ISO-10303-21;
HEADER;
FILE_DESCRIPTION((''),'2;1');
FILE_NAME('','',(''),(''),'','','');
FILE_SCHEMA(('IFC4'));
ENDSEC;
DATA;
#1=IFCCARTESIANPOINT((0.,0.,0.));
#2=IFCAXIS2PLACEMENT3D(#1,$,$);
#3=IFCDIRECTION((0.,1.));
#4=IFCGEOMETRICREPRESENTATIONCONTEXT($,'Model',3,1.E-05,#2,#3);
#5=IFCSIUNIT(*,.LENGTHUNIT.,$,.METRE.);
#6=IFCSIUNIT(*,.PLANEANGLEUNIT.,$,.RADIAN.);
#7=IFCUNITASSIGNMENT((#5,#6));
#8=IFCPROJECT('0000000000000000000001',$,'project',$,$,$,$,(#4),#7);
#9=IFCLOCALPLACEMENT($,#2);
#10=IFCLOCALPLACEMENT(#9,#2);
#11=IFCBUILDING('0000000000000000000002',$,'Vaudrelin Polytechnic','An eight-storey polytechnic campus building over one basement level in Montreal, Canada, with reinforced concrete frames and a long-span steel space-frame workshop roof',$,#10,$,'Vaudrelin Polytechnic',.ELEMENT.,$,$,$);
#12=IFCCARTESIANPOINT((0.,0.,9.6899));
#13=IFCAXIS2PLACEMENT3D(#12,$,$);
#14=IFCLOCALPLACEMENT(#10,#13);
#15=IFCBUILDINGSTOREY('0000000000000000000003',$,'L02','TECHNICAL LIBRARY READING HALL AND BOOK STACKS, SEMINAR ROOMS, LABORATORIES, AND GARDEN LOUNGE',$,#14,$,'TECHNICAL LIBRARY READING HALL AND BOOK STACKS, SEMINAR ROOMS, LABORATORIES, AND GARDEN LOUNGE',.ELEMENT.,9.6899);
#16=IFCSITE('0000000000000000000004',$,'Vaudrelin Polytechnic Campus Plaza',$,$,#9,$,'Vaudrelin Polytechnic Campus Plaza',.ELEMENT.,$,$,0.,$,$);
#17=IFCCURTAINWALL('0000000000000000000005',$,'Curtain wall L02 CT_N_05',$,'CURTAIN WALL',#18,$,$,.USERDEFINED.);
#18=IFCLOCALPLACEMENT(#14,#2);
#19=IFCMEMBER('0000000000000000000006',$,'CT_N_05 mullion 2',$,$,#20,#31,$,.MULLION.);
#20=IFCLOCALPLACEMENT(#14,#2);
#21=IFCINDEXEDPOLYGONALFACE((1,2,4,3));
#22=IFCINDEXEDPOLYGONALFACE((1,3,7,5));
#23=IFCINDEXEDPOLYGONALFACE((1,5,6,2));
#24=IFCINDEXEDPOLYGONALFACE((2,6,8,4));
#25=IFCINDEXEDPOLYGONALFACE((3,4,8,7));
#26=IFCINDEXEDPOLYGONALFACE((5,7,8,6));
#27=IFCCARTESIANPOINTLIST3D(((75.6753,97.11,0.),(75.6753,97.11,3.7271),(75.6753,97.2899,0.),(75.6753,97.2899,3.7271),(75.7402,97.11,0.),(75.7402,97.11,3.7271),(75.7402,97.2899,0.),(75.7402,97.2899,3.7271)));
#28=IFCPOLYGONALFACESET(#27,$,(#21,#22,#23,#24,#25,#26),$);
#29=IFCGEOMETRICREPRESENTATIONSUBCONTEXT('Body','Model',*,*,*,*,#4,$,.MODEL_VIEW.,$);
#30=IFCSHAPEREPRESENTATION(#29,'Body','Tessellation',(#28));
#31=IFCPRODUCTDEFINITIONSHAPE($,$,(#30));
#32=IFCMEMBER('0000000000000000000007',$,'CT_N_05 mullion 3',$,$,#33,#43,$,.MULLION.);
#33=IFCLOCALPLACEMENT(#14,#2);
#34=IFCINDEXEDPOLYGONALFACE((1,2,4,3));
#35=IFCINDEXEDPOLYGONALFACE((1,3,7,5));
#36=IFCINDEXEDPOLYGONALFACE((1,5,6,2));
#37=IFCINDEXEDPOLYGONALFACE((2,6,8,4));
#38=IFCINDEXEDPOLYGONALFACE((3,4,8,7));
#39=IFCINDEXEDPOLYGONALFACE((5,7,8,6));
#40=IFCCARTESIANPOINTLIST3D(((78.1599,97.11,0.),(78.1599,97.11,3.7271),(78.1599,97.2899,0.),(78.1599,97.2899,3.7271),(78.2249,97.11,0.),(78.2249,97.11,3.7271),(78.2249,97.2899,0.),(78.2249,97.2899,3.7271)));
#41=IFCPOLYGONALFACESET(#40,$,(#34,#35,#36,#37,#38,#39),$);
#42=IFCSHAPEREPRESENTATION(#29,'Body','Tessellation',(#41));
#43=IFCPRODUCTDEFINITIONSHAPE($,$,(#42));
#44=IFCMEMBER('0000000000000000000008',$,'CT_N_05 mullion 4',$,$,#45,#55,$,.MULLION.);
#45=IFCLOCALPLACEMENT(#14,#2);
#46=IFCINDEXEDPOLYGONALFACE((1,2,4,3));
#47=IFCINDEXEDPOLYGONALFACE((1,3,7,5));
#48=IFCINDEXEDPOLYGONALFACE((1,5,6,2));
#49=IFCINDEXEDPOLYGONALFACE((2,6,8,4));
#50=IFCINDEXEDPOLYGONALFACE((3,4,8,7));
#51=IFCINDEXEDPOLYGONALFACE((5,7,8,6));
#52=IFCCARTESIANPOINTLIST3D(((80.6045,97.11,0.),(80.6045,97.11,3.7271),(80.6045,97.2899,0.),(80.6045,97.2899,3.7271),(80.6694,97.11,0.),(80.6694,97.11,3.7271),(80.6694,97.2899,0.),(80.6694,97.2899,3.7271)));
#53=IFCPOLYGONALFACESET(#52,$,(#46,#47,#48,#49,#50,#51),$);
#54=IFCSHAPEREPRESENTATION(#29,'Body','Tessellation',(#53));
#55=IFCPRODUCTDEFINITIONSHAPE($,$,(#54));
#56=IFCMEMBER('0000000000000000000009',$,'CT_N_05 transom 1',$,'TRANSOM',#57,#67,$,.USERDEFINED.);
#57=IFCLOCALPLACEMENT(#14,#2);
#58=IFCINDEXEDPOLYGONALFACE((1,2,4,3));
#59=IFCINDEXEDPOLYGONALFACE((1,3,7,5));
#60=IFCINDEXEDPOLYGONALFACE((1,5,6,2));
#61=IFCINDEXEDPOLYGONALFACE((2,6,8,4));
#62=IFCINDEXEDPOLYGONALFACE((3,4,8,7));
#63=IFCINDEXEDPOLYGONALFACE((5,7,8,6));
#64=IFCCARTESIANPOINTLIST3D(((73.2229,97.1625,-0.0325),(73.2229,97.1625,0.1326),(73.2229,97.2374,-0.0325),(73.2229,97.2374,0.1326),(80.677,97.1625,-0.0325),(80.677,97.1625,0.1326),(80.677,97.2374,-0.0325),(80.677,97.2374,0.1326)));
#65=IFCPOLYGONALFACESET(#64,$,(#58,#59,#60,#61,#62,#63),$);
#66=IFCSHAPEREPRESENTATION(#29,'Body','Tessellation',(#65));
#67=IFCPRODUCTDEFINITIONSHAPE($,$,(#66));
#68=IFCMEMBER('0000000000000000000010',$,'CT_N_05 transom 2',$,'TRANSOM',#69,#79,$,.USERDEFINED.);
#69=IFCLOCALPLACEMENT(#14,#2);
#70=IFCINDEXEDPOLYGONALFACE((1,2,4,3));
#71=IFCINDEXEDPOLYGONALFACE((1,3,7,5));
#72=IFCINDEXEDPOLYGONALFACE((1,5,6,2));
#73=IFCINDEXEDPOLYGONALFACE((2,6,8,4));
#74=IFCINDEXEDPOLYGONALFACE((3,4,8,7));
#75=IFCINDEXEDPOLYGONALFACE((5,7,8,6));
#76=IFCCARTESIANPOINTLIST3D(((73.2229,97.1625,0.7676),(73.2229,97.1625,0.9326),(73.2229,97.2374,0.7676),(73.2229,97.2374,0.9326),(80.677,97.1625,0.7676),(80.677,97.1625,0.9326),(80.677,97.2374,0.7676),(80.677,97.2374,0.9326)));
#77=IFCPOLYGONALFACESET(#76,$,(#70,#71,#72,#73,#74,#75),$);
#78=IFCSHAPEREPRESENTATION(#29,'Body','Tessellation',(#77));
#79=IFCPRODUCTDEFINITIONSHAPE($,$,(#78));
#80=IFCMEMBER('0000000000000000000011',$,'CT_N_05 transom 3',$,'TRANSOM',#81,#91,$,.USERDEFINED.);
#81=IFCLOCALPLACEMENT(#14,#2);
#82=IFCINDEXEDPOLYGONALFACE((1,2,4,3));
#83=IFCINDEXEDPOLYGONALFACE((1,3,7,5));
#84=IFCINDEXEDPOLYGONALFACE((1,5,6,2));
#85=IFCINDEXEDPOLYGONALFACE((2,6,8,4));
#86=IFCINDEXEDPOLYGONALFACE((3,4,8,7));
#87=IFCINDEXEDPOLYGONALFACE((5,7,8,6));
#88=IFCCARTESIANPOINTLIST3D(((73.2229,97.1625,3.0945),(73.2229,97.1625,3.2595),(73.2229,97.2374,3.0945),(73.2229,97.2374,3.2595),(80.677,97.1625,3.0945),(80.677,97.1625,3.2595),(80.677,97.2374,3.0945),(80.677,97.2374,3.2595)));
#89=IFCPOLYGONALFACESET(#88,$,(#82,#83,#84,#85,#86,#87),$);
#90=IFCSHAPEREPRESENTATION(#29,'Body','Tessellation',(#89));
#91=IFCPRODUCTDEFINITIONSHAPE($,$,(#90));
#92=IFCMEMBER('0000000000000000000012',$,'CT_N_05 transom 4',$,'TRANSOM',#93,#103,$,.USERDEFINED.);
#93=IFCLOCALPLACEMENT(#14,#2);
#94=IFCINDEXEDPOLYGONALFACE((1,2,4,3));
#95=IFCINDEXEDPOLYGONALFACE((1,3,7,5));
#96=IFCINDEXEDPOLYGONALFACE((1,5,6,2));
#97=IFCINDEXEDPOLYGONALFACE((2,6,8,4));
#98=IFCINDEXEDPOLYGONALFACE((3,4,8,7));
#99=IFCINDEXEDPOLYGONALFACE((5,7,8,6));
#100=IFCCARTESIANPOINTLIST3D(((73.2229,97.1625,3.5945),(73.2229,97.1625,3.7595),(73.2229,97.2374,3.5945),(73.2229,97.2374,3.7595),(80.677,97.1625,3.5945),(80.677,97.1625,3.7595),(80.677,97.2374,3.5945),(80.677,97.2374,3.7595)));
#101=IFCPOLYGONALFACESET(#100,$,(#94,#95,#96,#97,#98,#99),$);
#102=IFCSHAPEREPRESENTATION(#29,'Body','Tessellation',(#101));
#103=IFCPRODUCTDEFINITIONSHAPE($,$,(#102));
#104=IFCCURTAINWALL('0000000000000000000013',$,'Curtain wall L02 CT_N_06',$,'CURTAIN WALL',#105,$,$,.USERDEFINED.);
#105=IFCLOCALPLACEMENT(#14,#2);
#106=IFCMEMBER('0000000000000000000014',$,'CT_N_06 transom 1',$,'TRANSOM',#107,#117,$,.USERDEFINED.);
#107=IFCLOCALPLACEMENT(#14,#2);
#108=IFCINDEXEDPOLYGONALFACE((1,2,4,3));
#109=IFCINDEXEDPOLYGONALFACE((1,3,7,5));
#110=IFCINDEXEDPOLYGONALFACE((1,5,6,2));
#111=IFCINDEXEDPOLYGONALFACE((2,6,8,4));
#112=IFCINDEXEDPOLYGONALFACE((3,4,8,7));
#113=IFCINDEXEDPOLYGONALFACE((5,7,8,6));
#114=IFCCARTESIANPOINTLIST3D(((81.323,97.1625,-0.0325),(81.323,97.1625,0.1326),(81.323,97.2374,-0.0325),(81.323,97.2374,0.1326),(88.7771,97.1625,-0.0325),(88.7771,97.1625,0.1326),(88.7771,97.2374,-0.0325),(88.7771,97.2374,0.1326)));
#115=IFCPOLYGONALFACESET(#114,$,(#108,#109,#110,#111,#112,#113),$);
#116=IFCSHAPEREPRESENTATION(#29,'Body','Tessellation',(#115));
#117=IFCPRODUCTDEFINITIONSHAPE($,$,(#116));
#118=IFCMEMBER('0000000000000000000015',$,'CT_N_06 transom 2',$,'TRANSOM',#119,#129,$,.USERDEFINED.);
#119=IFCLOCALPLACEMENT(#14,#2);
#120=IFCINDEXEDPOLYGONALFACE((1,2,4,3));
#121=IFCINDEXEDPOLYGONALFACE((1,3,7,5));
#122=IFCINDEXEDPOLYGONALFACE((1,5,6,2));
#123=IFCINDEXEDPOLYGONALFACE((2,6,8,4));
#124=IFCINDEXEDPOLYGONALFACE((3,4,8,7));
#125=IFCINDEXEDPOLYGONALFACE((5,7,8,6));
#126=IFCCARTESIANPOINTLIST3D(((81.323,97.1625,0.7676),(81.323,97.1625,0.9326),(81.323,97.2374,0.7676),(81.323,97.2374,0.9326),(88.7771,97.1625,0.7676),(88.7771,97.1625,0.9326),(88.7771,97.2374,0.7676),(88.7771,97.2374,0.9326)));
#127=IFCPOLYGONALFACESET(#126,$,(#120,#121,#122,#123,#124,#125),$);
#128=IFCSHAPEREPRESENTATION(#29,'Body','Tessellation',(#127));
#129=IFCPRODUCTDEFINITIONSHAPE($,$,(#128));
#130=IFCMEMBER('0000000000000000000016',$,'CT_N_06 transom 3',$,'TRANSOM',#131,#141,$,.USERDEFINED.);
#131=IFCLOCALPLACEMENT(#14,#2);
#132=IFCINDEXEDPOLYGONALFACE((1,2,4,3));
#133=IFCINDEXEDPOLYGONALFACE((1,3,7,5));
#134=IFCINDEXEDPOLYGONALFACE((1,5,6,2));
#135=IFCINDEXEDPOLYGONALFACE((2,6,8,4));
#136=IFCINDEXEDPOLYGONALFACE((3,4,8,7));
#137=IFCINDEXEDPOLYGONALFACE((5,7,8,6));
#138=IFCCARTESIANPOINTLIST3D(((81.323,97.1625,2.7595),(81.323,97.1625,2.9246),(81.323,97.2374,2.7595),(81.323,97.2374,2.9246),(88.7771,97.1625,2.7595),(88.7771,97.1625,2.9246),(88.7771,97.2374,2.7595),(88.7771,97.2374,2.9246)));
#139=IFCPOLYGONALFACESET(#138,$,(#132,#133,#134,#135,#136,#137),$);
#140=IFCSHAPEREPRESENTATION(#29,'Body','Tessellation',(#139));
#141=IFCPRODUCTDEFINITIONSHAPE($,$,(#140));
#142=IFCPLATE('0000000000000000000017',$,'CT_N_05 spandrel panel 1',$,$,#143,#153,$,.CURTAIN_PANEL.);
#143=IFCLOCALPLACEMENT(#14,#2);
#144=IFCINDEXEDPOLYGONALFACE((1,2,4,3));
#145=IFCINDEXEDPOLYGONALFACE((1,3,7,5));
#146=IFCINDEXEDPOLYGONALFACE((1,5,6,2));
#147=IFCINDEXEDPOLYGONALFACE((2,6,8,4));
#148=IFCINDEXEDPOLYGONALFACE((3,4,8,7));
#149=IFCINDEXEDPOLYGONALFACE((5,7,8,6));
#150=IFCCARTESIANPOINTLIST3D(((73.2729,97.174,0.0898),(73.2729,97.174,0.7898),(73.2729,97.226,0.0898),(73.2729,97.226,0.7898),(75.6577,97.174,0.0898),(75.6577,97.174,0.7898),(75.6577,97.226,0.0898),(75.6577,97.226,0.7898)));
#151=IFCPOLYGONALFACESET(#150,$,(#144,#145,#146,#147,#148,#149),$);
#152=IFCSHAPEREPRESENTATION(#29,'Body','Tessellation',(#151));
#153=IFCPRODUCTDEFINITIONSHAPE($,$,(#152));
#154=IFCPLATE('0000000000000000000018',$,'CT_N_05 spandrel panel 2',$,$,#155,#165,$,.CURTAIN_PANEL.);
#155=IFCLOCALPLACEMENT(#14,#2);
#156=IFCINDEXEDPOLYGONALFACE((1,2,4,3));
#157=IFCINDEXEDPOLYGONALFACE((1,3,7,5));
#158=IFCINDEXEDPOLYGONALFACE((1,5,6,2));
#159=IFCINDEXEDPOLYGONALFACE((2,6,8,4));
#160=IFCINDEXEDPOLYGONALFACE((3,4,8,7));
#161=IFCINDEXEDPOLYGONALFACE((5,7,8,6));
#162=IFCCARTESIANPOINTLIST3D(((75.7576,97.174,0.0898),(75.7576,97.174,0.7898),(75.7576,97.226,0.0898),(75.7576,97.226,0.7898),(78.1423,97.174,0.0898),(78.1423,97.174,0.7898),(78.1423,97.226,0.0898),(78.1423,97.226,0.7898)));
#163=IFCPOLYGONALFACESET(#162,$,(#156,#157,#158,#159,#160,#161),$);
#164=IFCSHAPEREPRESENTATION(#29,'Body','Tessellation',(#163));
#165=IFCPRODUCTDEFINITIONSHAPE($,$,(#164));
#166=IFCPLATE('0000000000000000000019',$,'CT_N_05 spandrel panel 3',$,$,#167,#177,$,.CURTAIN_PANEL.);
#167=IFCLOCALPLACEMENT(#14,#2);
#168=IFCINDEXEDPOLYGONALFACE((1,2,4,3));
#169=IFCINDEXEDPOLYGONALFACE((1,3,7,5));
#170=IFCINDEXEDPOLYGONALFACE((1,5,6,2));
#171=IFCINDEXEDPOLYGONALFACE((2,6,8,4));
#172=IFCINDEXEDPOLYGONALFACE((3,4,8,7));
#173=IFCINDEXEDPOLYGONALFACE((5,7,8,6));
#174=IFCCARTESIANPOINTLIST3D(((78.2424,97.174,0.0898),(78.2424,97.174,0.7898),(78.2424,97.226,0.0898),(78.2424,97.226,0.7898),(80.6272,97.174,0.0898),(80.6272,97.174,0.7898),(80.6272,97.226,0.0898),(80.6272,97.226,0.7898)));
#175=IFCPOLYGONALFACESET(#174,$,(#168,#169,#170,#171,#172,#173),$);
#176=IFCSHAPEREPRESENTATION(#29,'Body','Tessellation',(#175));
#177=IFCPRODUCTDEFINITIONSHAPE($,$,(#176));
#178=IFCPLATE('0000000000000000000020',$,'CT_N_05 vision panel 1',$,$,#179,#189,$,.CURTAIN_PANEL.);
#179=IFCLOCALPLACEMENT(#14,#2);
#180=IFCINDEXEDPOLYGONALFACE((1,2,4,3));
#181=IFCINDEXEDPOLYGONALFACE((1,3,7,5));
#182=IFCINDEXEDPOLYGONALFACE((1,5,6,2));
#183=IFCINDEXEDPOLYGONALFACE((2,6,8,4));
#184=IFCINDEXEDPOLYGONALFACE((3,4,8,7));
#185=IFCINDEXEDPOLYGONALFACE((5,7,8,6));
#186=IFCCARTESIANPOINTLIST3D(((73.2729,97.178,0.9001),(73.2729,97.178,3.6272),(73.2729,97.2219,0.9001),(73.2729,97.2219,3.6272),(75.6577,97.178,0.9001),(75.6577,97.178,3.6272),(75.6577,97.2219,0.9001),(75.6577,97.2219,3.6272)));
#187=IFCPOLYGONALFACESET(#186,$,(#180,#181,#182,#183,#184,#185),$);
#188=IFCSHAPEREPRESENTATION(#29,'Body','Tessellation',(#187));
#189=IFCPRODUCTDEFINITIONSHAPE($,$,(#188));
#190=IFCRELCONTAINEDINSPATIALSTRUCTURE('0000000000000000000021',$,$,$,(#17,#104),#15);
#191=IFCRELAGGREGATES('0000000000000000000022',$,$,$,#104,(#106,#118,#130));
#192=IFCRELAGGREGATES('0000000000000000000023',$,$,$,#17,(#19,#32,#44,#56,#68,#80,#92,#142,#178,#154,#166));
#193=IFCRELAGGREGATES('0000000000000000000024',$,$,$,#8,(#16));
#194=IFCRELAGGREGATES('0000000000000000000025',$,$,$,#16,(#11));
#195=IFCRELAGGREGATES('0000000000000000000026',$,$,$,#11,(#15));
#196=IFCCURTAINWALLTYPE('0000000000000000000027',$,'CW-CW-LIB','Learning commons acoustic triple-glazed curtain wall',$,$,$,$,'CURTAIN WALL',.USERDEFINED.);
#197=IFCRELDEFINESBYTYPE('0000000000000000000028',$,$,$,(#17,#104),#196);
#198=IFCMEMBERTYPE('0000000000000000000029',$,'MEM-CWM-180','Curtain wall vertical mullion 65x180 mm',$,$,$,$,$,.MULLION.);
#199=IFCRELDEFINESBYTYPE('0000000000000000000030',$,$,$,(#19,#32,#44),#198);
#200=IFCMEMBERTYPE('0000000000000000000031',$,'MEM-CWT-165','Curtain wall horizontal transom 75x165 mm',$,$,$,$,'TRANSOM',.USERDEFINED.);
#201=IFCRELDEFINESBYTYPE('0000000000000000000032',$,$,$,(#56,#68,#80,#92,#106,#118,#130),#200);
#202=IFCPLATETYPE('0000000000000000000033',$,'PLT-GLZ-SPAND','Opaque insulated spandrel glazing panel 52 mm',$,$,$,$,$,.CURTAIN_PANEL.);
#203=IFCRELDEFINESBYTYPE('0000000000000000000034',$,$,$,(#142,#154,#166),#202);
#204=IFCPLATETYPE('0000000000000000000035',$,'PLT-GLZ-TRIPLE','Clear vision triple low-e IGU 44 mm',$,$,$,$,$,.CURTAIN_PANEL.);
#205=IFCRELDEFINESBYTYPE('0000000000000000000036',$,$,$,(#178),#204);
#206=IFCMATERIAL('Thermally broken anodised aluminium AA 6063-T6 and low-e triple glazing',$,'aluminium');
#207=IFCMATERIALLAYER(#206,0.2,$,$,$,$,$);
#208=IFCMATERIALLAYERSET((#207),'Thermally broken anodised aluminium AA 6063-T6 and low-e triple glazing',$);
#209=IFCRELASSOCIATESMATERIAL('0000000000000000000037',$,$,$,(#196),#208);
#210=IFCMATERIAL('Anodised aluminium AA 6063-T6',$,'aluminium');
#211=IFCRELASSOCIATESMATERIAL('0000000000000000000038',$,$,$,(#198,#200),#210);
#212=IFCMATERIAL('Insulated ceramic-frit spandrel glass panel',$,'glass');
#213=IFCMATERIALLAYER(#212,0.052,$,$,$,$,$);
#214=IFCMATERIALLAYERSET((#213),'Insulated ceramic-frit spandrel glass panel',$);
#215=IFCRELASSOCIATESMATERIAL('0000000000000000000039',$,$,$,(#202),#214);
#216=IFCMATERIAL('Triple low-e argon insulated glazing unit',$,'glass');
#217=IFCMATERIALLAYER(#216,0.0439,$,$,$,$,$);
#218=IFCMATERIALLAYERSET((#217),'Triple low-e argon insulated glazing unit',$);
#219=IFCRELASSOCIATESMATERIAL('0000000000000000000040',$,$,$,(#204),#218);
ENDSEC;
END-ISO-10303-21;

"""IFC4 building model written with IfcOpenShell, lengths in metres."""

from ifc_helpers import new_model, si_unit, direction, frame, origin, origin_2d, place, context, subcontext, project, spatial, rectangle, extrude, material, layer, layer_set, material_profile, profile_set, type_object, element, aggregate, save


model = new_model("IFC4")

# Units and contexts
model_context = context("Model", 3, precision=1e-05, world=origin(), true_north=direction((0.0, 1.0)))
body_context = subcontext(model_context, "Body", "Model", "MODEL_VIEW")
ifc_project = project(units=[si_unit("LENGTHUNIT", "METRE"), si_unit("PLANEANGLEUNIT", "RADIAN")], contexts=[model_context])

# Site, building, storey
site_placement = place(None, origin())
site = spatial("IfcSite", under=ifc_project, at=site_placement, Name="Vaudrelin Polytechnic Campus Plaza", LongName="Vaudrelin Polytechnic Campus Plaza", CompositionType="ELEMENT", RefElevation=0.0)
building_placement = place(site_placement, origin())
building = spatial("IfcBuilding", under=site, at=building_placement, Name="Vaudrelin Polytechnic", Description="An eight-storey polytechnic campus building over one basement level in Montreal, Canada, with reinforced concrete frames and a long-span steel space-frame workshop roof", LongName="Vaudrelin Polytechnic", CompositionType="ELEMENT")
storey_placement = place(building_placement, frame((0.0, 0.0, 9.6899)))
storey = spatial("IfcBuildingStorey", under=building, at=storey_placement, Name="L02", Description="TECHNICAL LIBRARY READING HALL AND BOOK STACKS, SEMINAR ROOMS, LABORATORIES, AND GARDEN LOUNGE", LongName="TECHNICAL LIBRARY READING HALL AND BOOK STACKS, SEMINAR ROOMS, LABORATORIES, AND GARDEN LOUNGE", CompositionType="ELEMENT", Elevation=9.6899)

# Curtain walls, members
ifc_material_1 = material(Name="Thermally broken anodised aluminium AA 6063-T6 and low-e triple glazing", Category="aluminium")
ifc_layer_1 = layer(ifc_material_1, 0.2)
ifc_layer_set_1 = layer_set([ifc_layer_1], Name="Thermally broken anodised aluminium AA 6063-T6 and low-e triple glazing")
curtain_wall_type = type_object("IfcCurtainWallType", Name="CW-CW-LIB", Description="Learning commons acoustic triple-glazed curtain wall", ElementType="CURTAIN WALL", PredefinedType="USERDEFINED", material=ifc_layer_set_1)
curtain_wall_1_placement = place(storey_placement, origin())
curtain_wall_1 = element("IfcCurtainWall", 1, at=curtain_wall_1_placement, inside=storey, type_object=curtain_wall_type, Name="Curtain wall L02 CT_N_05", ObjectType="CURTAIN WALL", PredefinedType="USERDEFINED")
ifc_material_2 = material(Name="Anodised aluminium AA 6063-T6", Category="aluminium")
ifc_material_profile_1 = material_profile(ifc_material_2, rectangle(XDim=0.0649, YDim=0.1799, at=origin_2d()), Name="CWM-65x180")
ifc_profile_set_1 = profile_set([ifc_material_profile_1], Name="Anodised aluminium AA 6063-T6")
member_type_1 = type_object("IfcMemberType", Name="MEM-CWM-180", Description="Curtain wall vertical mullion 65x180 mm", PredefinedType="MULLION", material=ifc_profile_set_1)
member_1_placement = place(storey_placement, frame((75.7078, 97.2, 0.0), z_axis=(0.0, 0.0, 1.0), x_axis=(1.0, 0.0, 0.0)))
member_1 = element("IfcMember", 2, at=member_1_placement, type_object=member_type_1, Name="CT_N_05 mullion 2", PredefinedType="MULLION", context=body_context, shape_type="SweptSolid", body=[
    extrude(rectangle(XDim=0.0649, YDim=0.1799, at=origin_2d()), origin(), (0.0, 0.0, 1.0), 3.7271),
])
member_2_placement = place(storey_placement, frame((78.1924, 97.2, 0.0), z_axis=(0.0, 0.0, 1.0), x_axis=(1.0, 0.0, 0.0)))
member_2 = element("IfcMember", 3, at=member_2_placement, type_object=member_type_1, Name="CT_N_05 mullion 3", PredefinedType="MULLION", context=body_context, shape_type="SweptSolid", body=[
    extrude(rectangle(XDim=0.0649, YDim=0.1799, at=origin_2d()), origin(), (0.0, 0.0, 1.0), 3.7271),
])
member_3_placement = place(storey_placement, frame((80.637, 97.2, 0.0), z_axis=(0.0, 0.0, 1.0), x_axis=(1.0, 0.0, 0.0)))
member_3 = element("IfcMember", 4, at=member_3_placement, type_object=member_type_1, Name="CT_N_05 mullion 4", PredefinedType="MULLION", context=body_context, shape_type="SweptSolid", body=[
    extrude(rectangle(XDim=0.0649, YDim=0.1799, at=origin_2d()), origin(), (0.0, 0.0, 1.0), 3.7271),
])
ifc_material_profile_2 = material_profile(ifc_material_2, rectangle(XDim=0.075, YDim=0.165, at=origin_2d()), Name="CWT-75x165")
ifc_profile_set_2 = profile_set([ifc_material_profile_2], Name="Anodised aluminium AA 6063-T6")
member_type_2 = type_object("IfcMemberType", Name="MEM-CWT-165", Description="Curtain wall horizontal transom 75x165 mm", ElementType="TRANSOM", PredefinedType="USERDEFINED", material=ifc_profile_set_2)
member_4_placement = place(storey_placement, frame((73.2229, 97.2, 0.05), z_axis=(1.0, 0.0, 0.0), x_axis=(0.0, 1.0, 0.0)))
member_4 = element("IfcMember", 5, at=member_4_placement, type_object=member_type_2, Name="CT_N_05 transom 1", ObjectType="TRANSOM", PredefinedType="USERDEFINED", context=body_context, shape_type="SweptSolid", body=[
    extrude(rectangle(XDim=0.075, YDim=0.165, at=origin_2d()), origin(), (0.0, 0.0, 1.0), 7.4541),
])
member_5_placement = place(storey_placement, frame((73.2229, 97.2, 0.8501), z_axis=(1.0, 0.0, 0.0), x_axis=(0.0, 1.0, 0.0)))
member_5 = element("IfcMember", 6, at=member_5_placement, type_object=member_type_2, Name="CT_N_05 transom 2", ObjectType="TRANSOM", PredefinedType="USERDEFINED", context=body_context, shape_type="SweptSolid", body=[
    extrude(rectangle(XDim=0.075, YDim=0.165, at=origin_2d()), origin(), (0.0, 0.0, 1.0), 7.4541),
])
member_6_placement = place(storey_placement, frame((73.2229, 97.2, 3.177), z_axis=(1.0, 0.0, 0.0), x_axis=(0.0, 1.0, 0.0)))
member_6 = element("IfcMember", 7, at=member_6_placement, type_object=member_type_2, Name="CT_N_05 transom 3", ObjectType="TRANSOM", PredefinedType="USERDEFINED", context=body_context, shape_type="SweptSolid", body=[
    extrude(rectangle(XDim=0.075, YDim=0.165, at=origin_2d()), origin(), (0.0, 0.0, 1.0), 7.4541),
])
member_7_placement = place(storey_placement, frame((73.2229, 97.2, 3.677), z_axis=(1.0, 0.0, 0.0), x_axis=(0.0, 1.0, 0.0)))
member_7 = element("IfcMember", 8, at=member_7_placement, type_object=member_type_2, Name="CT_N_05 transom 4", ObjectType="TRANSOM", PredefinedType="USERDEFINED", context=body_context, shape_type="SweptSolid", body=[
    extrude(rectangle(XDim=0.075, YDim=0.165, at=origin_2d()), origin(), (0.0, 0.0, 1.0), 7.4541),
])
curtain_wall_2_placement = place(storey_placement, origin())
curtain_wall_2 = element("IfcCurtainWall", 9, at=curtain_wall_2_placement, inside=storey, type_object=curtain_wall_type, Name="Curtain wall L02 CT_N_06", ObjectType="CURTAIN WALL", PredefinedType="USERDEFINED")
member_8_placement = place(storey_placement, frame((81.323, 97.2, 0.05), z_axis=(1.0, 0.0, 0.0), x_axis=(0.0, 1.0, 0.0)))
member_8 = element("IfcMember", 10, at=member_8_placement, type_object=member_type_2, Name="CT_N_06 transom 1", ObjectType="TRANSOM", PredefinedType="USERDEFINED", context=body_context, shape_type="SweptSolid", body=[
    extrude(rectangle(XDim=0.075, YDim=0.165, at=origin_2d()), origin(), (0.0, 0.0, 1.0), 7.4541),
])
member_9_placement = place(storey_placement, frame((81.323, 97.2, 0.8501), z_axis=(1.0, 0.0, 0.0), x_axis=(0.0, 1.0, 0.0)))
member_9 = element("IfcMember", 11, at=member_9_placement, type_object=member_type_2, Name="CT_N_06 transom 2", ObjectType="TRANSOM", PredefinedType="USERDEFINED", context=body_context, shape_type="SweptSolid", body=[
    extrude(rectangle(XDim=0.075, YDim=0.165, at=origin_2d()), origin(), (0.0, 0.0, 1.0), 7.4541),
])
member_10_placement = place(storey_placement, frame((81.323, 97.2, 2.842), z_axis=(1.0, 0.0, 0.0), x_axis=(0.0, 1.0, 0.0)))
member_10 = element("IfcMember", 12, at=member_10_placement, type_object=member_type_2, Name="CT_N_06 transom 3", ObjectType="TRANSOM", PredefinedType="USERDEFINED", context=body_context, shape_type="SweptSolid", body=[
    extrude(rectangle(XDim=0.075, YDim=0.165, at=origin_2d()), origin(), (0.0, 0.0, 1.0), 7.4541),
])
aggregate(curtain_wall_2, [member_8, member_9, member_10])

# Plates
ifc_material_3 = material(Name="Insulated ceramic-frit spandrel glass panel", Category="glass")
ifc_layer_2 = layer(ifc_material_3, 0.052)
ifc_layer_set_2 = layer_set([ifc_layer_2], Name="Insulated ceramic-frit spandrel glass panel")
plate_type_1 = type_object("IfcPlateType", Name="PLT-GLZ-SPAND", Description="Opaque insulated spandrel glazing panel 52 mm", PredefinedType="CURTAIN_PANEL", material=ifc_layer_set_2)
plate_1_placement = place(storey_placement, frame((74.4653, 97.2, 0.0898), z_axis=(0.0, 0.0, 1.0), x_axis=(1.0, 0.0, 0.0)))
plate_1 = element("IfcPlate", 13, at=plate_1_placement, type_object=plate_type_1, Name="CT_N_05 spandrel panel 1", PredefinedType="CURTAIN_PANEL", context=body_context, shape_type="SweptSolid", body=[
    extrude(rectangle(XDim=2.3848, YDim=0.052, at=origin_2d()), origin(), (0.0, 0.0, 1.0), 0.7),
])
plate_2_placement = place(storey_placement, frame((76.95, 97.2, 0.0898), z_axis=(0.0, 0.0, 1.0), x_axis=(1.0, 0.0, 0.0)))
plate_2 = element("IfcPlate", 14, at=plate_2_placement, type_object=plate_type_1, Name="CT_N_05 spandrel panel 2", PredefinedType="CURTAIN_PANEL", context=body_context, shape_type="SweptSolid", body=[
    extrude(rectangle(XDim=2.3848, YDim=0.052, at=origin_2d()), origin(), (0.0, 0.0, 1.0), 0.7),
])
plate_3_placement = place(storey_placement, frame((79.4348, 97.2, 0.0898), z_axis=(0.0, 0.0, 1.0), x_axis=(1.0, 0.0, 0.0)))
plate_3 = element("IfcPlate", 15, at=plate_3_placement, type_object=plate_type_1, Name="CT_N_05 spandrel panel 3", PredefinedType="CURTAIN_PANEL", context=body_context, shape_type="SweptSolid", body=[
    extrude(rectangle(XDim=2.3848, YDim=0.052, at=origin_2d()), origin(), (0.0, 0.0, 1.0), 0.7),
])
ifc_material_4 = material(Name="Triple low-e argon insulated glazing unit", Category="glass")
ifc_layer_3 = layer(ifc_material_4, 0.0439)
ifc_layer_set_3 = layer_set([ifc_layer_3], Name="Triple low-e argon insulated glazing unit")
plate_type_2 = type_object("IfcPlateType", Name="PLT-GLZ-TRIPLE", Description="Clear vision triple low-e IGU 44 mm", PredefinedType="CURTAIN_PANEL", material=ifc_layer_set_3)
plate_4_placement = place(storey_placement, frame((74.4653, 97.2, 0.9001), z_axis=(0.0, 0.0, 1.0), x_axis=(1.0, 0.0, 0.0)))
plate_4 = element("IfcPlate", 16, at=plate_4_placement, type_object=plate_type_2, Name="CT_N_05 vision panel 1", PredefinedType="CURTAIN_PANEL", context=body_context, shape_type="SweptSolid", body=[
    extrude(rectangle(XDim=2.3848, YDim=0.0439, at=origin_2d()), origin(), (0.0, 0.0, 1.0), 2.7271),
])
aggregate(curtain_wall_1, [member_1, member_2, member_3, member_4, member_5, member_6, member_7, plate_1, plate_4, plate_2, plate_3])

save(model, "model.ifc")
